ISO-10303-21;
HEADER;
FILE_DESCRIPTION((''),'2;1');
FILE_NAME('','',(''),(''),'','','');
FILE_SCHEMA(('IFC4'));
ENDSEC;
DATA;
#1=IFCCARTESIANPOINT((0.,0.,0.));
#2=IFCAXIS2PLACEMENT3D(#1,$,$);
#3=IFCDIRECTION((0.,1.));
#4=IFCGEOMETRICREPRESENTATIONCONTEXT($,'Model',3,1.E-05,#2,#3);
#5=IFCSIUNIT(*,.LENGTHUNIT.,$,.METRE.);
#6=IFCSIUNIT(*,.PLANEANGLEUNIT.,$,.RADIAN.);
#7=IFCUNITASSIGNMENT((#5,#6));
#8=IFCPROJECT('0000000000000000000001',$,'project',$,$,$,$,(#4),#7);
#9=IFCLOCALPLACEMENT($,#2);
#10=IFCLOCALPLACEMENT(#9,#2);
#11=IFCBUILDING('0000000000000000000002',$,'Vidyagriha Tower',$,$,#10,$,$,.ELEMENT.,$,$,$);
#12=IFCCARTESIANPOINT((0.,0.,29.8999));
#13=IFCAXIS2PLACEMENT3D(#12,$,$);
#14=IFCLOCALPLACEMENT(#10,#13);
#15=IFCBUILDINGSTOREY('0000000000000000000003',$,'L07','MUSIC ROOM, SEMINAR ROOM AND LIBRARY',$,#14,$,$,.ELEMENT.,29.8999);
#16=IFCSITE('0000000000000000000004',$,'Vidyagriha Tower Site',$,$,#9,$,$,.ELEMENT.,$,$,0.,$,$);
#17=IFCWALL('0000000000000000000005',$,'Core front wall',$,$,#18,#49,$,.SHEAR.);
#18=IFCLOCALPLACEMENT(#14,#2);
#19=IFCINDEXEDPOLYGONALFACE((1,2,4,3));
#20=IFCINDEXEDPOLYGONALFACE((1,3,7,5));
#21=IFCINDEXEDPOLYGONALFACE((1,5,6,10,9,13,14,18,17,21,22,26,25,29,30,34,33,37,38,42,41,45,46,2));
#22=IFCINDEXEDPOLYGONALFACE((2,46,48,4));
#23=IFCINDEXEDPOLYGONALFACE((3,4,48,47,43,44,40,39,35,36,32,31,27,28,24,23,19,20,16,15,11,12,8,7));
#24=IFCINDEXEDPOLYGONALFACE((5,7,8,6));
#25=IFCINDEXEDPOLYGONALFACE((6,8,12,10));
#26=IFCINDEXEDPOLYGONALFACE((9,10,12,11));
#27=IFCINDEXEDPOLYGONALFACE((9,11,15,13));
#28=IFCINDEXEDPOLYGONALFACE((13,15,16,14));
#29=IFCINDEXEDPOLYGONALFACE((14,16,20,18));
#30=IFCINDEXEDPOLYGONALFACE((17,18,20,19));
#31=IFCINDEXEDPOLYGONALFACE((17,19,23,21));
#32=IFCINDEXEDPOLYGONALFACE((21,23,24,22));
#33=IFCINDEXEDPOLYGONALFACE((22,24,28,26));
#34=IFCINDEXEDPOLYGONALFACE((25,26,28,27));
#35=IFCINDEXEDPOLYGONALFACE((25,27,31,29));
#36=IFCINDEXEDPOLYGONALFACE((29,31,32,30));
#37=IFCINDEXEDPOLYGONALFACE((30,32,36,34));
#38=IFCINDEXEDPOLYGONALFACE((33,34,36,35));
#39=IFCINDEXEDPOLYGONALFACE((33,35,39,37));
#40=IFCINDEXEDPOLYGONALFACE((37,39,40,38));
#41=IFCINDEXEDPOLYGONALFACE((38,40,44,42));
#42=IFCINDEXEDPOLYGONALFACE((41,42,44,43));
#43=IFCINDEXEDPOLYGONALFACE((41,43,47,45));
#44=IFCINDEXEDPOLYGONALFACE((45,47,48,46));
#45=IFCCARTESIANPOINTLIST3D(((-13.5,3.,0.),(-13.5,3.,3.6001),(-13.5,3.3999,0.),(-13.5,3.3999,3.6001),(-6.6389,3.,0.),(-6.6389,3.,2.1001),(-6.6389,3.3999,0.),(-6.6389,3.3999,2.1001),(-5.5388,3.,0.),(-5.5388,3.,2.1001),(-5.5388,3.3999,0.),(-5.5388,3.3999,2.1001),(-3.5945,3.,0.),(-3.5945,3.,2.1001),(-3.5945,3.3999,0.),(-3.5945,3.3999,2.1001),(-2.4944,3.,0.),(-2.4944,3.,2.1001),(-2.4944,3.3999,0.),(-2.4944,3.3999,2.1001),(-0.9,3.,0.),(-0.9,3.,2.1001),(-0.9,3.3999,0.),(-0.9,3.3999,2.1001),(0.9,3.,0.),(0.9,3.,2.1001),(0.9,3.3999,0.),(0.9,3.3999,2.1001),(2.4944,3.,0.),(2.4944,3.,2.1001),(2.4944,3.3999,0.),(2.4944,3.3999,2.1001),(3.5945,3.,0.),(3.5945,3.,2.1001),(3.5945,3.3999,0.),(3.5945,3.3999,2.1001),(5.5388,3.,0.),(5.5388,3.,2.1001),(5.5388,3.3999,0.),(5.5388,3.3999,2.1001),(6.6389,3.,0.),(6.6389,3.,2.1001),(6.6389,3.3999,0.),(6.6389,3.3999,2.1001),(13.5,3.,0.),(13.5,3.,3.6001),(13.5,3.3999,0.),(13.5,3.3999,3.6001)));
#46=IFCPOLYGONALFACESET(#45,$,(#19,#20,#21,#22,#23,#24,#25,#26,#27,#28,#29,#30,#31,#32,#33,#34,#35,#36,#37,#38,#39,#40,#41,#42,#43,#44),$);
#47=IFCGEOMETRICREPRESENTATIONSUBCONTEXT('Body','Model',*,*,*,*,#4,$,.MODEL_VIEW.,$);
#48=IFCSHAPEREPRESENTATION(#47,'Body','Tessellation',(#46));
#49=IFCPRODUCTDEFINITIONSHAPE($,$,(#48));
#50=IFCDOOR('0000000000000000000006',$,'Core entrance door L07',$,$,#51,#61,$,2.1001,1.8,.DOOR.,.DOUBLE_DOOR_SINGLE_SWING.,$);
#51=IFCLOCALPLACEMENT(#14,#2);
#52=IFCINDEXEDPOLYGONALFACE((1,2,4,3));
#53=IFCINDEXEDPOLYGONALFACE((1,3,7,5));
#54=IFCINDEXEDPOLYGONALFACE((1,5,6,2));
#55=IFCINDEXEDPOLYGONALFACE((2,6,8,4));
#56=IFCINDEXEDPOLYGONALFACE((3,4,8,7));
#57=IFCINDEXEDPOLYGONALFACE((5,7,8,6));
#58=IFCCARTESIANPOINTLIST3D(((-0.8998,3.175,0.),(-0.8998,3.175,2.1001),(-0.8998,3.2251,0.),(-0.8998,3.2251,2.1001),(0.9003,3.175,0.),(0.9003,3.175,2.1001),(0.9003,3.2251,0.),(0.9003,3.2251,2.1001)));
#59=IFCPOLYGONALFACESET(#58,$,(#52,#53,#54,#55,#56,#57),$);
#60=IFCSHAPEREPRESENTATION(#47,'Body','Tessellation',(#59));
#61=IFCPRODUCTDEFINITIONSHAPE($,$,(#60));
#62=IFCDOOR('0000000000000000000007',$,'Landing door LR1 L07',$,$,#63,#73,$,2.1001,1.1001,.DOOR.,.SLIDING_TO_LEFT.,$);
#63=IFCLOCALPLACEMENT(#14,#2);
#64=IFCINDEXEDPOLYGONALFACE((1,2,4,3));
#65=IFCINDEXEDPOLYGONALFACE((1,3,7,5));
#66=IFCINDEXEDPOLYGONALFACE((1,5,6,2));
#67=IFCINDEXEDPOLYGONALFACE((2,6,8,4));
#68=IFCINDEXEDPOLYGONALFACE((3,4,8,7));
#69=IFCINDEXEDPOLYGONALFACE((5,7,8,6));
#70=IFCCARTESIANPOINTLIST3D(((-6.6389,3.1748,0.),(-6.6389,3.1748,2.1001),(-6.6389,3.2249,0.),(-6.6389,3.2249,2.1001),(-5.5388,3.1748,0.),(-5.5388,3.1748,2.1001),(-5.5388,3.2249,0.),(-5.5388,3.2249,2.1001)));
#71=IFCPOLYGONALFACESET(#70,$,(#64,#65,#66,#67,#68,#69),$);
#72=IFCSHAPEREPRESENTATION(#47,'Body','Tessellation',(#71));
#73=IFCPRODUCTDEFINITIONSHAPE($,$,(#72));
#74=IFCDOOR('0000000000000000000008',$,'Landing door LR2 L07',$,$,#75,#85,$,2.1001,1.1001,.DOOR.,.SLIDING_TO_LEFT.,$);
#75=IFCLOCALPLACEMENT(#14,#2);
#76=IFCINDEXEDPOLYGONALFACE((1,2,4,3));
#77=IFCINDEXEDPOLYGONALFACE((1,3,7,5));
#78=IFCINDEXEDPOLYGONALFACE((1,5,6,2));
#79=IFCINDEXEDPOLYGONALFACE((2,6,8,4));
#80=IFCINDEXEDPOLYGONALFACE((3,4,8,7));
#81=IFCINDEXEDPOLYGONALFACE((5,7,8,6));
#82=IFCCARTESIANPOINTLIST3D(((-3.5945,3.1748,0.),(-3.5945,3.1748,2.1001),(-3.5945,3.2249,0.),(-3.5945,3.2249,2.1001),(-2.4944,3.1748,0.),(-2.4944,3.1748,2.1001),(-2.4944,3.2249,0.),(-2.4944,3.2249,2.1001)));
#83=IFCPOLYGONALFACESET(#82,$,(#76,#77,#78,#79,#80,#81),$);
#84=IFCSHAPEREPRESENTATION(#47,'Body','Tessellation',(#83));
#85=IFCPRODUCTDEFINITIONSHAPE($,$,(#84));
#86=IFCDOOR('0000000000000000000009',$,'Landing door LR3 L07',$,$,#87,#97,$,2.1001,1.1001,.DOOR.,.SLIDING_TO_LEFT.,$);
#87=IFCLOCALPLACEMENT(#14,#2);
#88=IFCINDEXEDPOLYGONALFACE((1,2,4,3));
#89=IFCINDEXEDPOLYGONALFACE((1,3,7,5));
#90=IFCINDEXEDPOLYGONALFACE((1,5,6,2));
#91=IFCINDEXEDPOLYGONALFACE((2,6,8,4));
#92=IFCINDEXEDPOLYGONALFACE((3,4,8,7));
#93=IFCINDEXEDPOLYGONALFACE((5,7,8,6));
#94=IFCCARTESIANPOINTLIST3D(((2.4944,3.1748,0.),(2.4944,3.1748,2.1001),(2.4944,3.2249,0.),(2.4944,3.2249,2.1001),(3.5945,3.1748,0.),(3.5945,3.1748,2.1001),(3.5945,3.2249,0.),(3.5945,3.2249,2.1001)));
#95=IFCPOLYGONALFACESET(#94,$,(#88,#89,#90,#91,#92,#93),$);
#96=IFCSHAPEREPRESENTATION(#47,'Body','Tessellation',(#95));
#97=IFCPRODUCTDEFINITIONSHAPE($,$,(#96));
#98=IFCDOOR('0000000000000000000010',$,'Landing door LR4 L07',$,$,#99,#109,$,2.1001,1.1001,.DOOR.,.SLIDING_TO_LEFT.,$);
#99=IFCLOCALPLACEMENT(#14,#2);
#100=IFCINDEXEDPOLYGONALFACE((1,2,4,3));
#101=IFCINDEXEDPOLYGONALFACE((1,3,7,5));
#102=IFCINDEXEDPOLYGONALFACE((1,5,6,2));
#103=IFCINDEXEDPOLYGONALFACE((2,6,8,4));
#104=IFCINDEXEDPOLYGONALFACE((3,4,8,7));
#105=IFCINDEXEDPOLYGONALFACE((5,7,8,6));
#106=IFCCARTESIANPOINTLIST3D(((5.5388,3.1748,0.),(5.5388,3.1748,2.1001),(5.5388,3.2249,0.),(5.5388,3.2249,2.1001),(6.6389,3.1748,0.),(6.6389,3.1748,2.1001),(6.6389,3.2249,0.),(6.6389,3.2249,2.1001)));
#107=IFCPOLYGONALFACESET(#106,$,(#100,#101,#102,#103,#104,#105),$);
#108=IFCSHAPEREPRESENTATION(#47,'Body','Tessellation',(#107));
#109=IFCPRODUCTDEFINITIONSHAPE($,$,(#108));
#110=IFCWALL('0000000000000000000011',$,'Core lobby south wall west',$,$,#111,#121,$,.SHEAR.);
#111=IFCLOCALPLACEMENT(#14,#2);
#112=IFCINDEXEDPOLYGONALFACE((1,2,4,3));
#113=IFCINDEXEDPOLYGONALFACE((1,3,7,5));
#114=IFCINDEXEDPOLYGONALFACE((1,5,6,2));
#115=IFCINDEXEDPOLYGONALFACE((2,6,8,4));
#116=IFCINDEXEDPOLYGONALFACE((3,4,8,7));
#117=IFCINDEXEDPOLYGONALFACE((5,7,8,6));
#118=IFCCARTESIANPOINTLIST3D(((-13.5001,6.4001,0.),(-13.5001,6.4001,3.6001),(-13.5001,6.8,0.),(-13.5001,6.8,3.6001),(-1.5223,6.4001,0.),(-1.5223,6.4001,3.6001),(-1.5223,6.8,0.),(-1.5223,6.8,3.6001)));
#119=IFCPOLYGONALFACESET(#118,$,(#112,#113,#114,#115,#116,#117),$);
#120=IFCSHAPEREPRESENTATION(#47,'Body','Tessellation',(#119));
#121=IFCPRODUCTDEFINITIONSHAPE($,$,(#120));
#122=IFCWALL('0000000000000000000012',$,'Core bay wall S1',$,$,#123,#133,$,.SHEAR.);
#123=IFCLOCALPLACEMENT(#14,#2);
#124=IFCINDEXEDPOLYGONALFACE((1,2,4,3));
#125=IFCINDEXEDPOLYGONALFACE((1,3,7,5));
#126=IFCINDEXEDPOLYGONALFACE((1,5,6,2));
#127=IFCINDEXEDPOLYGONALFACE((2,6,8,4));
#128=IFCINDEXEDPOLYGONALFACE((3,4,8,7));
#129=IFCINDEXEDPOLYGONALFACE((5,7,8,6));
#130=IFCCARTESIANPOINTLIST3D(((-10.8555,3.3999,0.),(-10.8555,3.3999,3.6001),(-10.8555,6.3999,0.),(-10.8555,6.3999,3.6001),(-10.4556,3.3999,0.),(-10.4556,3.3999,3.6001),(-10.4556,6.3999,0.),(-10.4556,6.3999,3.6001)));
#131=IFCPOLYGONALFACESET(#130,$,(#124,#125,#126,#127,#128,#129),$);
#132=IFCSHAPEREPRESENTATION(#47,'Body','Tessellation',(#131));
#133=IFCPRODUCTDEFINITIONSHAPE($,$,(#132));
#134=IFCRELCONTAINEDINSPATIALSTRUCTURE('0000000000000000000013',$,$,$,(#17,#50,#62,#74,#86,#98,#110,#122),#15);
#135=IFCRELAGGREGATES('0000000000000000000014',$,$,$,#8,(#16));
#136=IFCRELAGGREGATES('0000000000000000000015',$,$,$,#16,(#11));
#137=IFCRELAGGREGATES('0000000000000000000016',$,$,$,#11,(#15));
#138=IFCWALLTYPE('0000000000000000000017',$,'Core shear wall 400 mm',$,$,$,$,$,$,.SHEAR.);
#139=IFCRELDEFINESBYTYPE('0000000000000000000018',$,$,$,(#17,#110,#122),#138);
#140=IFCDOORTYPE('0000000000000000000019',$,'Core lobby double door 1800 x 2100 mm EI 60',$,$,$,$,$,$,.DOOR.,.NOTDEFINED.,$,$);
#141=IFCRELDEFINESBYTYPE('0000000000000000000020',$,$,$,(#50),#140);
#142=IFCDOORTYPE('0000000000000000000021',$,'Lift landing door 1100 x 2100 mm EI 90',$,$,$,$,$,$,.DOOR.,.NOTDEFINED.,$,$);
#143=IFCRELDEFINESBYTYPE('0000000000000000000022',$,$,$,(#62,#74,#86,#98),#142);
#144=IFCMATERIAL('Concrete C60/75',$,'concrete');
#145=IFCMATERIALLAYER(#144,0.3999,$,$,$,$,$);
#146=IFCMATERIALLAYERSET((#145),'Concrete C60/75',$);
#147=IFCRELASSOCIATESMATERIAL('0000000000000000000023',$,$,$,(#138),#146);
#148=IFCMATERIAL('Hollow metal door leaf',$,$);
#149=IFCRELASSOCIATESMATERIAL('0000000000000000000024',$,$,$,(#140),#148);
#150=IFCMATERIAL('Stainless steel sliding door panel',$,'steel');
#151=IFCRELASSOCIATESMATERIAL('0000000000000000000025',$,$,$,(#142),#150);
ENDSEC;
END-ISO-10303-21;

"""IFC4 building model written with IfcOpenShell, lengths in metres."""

from ifc_helpers import new_model, si_unit, direction, frame, frame_2d, origin, place, context, subcontext, project, spatial, rectangle, extrude, material, layer, layer_set, type_object, element, fill, save


model = new_model("IFC4")

# Units and contexts
model_context = context("Model", 3, precision=1e-05, world=origin(), true_north=direction((0.0, 1.0)))
body_context = subcontext(model_context, "Body", "Model", "MODEL_VIEW")
ifc_project = project(units=[si_unit("LENGTHUNIT", "METRE"), si_unit("PLANEANGLEUNIT", "RADIAN")], contexts=[model_context])

# Site, building, storey
site_placement = place(None, origin())
site = spatial("IfcSite", under=ifc_project, at=site_placement, Name="Vidyagriha Tower Site", CompositionType="ELEMENT", RefElevation=0.0)
building_placement = place(site_placement, origin())
building = spatial("IfcBuilding", under=site, at=building_placement, Name="Vidyagriha Tower", CompositionType="ELEMENT")
storey_placement = place(building_placement, frame((0.0, 0.0, 29.8999)))
storey = spatial("IfcBuildingStorey", under=building, at=storey_placement, Name="L07", Description="MUSIC ROOM, SEMINAR ROOM AND LIBRARY", CompositionType="ELEMENT", Elevation=29.8999)

# Wall, openings, doors
ifc_material_1 = material(Name="Concrete C60/75", Category="concrete")
ifc_layer_1 = layer(ifc_material_1, 0.3999)
ifc_layer_set_1 = layer_set([ifc_layer_1], Name="Concrete C60/75")
wall_type_1 = type_object("IfcWallType", Name="Core shear wall 400 mm", PredefinedType="SHEAR", material=ifc_layer_set_1)
wall_1_placement = place(storey_placement, frame((-13.5, 3.2, 0.0)))
wall_1 = element("IfcWall", 1, at=wall_1_placement, inside=storey, type_object=wall_type_1, Name="Core front wall", PredefinedType="SHEAR", context=body_context, shape_type="SweptSolid", body=[
    extrude(rectangle(XDim=27.0, YDim=0.3999, at=frame_2d((13.5, 0.0))), origin(), (0.0, 0.0, 1.0), 3.6001),
])
opening_1_placement = place(wall_1_placement, frame((6.8611, 0.0, 0.0)))
opening_1 = element("IfcOpeningElement", 2, at=opening_1_placement, cuts=wall_1, PredefinedType="OPENING", context=body_context, shape_type="SweptSolid", body=[
    extrude(rectangle(XDim=1.1001, YDim=2.1001, at=frame_2d((0.55, 1.05))), frame((0.0, 0.21, 0.0), z_axis=(0.0, -1.0, 0.0), x_axis=(1.0, 0.0, 0.0)), (0.0, 0.0, 1.0), 0.4199),
])
opening_2_placement = place(wall_1_placement, frame((9.9055, 0.0, 0.0)))
opening_2 = element("IfcOpeningElement", 3, at=opening_2_placement, cuts=wall_1, PredefinedType="OPENING", context=body_context, shape_type="SweptSolid", body=[
    extrude(rectangle(XDim=1.1001, YDim=2.1001, at=frame_2d((0.55, 1.05))), frame((0.0, 0.21, 0.0), z_axis=(0.0, -1.0, 0.0), x_axis=(1.0, 0.0, 0.0)), (0.0, 0.0, 1.0), 0.4199),
])
opening_3_placement = place(wall_1_placement, frame((15.9944, 0.0, 0.0)))
opening_3 = element("IfcOpeningElement", 4, at=opening_3_placement, cuts=wall_1, PredefinedType="OPENING", context=body_context, shape_type="SweptSolid", body=[
    extrude(rectangle(XDim=1.1001, YDim=2.1001, at=frame_2d((0.55, 1.05))), frame((0.0, 0.21, 0.0), z_axis=(0.0, -1.0, 0.0), x_axis=(1.0, 0.0, 0.0)), (0.0, 0.0, 1.0), 0.4199),
])
opening_4_placement = place(wall_1_placement, frame((19.0388, 0.0, 0.0)))
opening_4 = element("IfcOpeningElement", 5, at=opening_4_placement, cuts=wall_1, PredefinedType="OPENING", context=body_context, shape_type="SweptSolid", body=[
    extrude(rectangle(XDim=1.1001, YDim=2.1001, at=frame_2d((0.55, 1.05))), frame((0.0, 0.21, 0.0), z_axis=(0.0, -1.0, 0.0), x_axis=(1.0, 0.0, 0.0)), (0.0, 0.0, 1.0), 0.4199),
])
opening_5_placement = place(wall_1_placement, frame((12.6001, 0.0, 0.0)))
opening_5 = element("IfcOpeningElement", 6, at=opening_5_placement, cuts=wall_1, PredefinedType="OPENING", context=body_context, shape_type="SweptSolid", body=[
    extrude(rectangle(XDim=1.8, YDim=2.1001, at=frame_2d((0.8999, 1.05))), frame((0.0, 0.21, 0.0), z_axis=(0.0, -1.0, 0.0), x_axis=(1.0, 0.0, 0.0)), (0.0, 0.0, 1.0), 0.4199),
])
ifc_material_2 = material(Name="Hollow metal door leaf")
door_type_1 = type_object("IfcDoorType", Name="Core lobby double door 1800 x 2100 mm EI 60", OperationType="NOTDEFINED", PredefinedType="DOOR", material=ifc_material_2)
door_1_placement = place(opening_5_placement, frame((1.8, 0.0, 0.0), z_axis=(0.0, 0.0, 1.0), x_axis=(-1.0, 0.0, 0.0)))
door_1 = element("IfcDoor", 7, at=door_1_placement, inside=storey, type_object=door_type_1, Name="Core entrance door L07", OperationType="DOUBLE_DOOR_SINGLE_SWING", OverallHeight=2.1001, OverallWidth=1.8, PredefinedType="DOOR", context=body_context, shape_type="SweptSolid", body=[
    extrude(rectangle(XDim=1.8, YDim=2.1001, at=frame_2d((0.8999, 1.05))), frame((0.0, 0.0249, 0.0), z_axis=(0.0, -1.0, 0.0), x_axis=(1.0, 0.0, 0.0)), (0.0, 0.0, 1.0), 0.05),
])
fill(opening_5, door_1)
ifc_material_3 = material(Name="Stainless steel sliding door panel", Category="steel")
door_type_2 = type_object("IfcDoorType", Name="Lift landing door 1100 x 2100 mm EI 90", OperationType="NOTDEFINED", PredefinedType="DOOR", material=ifc_material_3)
door_2_placement = place(opening_1_placement, origin())
door_2 = element("IfcDoor", 8, at=door_2_placement, inside=storey, type_object=door_type_2, Name="Landing door LR1 L07", OperationType="SLIDING_TO_LEFT", OverallHeight=2.1001, OverallWidth=1.1001, PredefinedType="DOOR", context=body_context, shape_type="SweptSolid", body=[
    extrude(rectangle(XDim=1.1001, YDim=2.1001, at=frame_2d((0.55, 1.05))), frame((0.0, 0.0249, 0.0), z_axis=(0.0, -1.0, 0.0), x_axis=(1.0, 0.0, 0.0)), (0.0, 0.0, 1.0), 0.05),
])
fill(opening_1, door_2)
door_3_placement = place(opening_2_placement, origin())
door_3 = element("IfcDoor", 9, at=door_3_placement, inside=storey, type_object=door_type_2, Name="Landing door LR2 L07", OperationType="SLIDING_TO_LEFT", OverallHeight=2.1001, OverallWidth=1.1001, PredefinedType="DOOR", context=body_context, shape_type="SweptSolid", body=[
    extrude(rectangle(XDim=1.1001, YDim=2.1001, at=frame_2d((0.55, 1.05))), frame((0.0, 0.0249, 0.0), z_axis=(0.0, -1.0, 0.0), x_axis=(1.0, 0.0, 0.0)), (0.0, 0.0, 1.0), 0.05),
])
fill(opening_2, door_3)
door_4_placement = place(opening_3_placement, origin())
door_4 = element("IfcDoor", 10, at=door_4_placement, inside=storey, type_object=door_type_2, Name="Landing door LR3 L07", OperationType="SLIDING_TO_LEFT", OverallHeight=2.1001, OverallWidth=1.1001, PredefinedType="DOOR", context=body_context, shape_type="SweptSolid", body=[
    extrude(rectangle(XDim=1.1001, YDim=2.1001, at=frame_2d((0.55, 1.05))), frame((0.0, 0.0249, 0.0), z_axis=(0.0, -1.0, 0.0), x_axis=(1.0, 0.0, 0.0)), (0.0, 0.0, 1.0), 0.05),
])
fill(opening_3, door_4)
door_5_placement = place(opening_4_placement, origin())
door_5 = element("IfcDoor", 11, at=door_5_placement, inside=storey, type_object=door_type_2, Name="Landing door LR4 L07", OperationType="SLIDING_TO_LEFT", OverallHeight=2.1001, OverallWidth=1.1001, PredefinedType="DOOR", context=body_context, shape_type="SweptSolid", body=[
    extrude(rectangle(XDim=1.1001, YDim=2.1001, at=frame_2d((0.55, 1.05))), frame((0.0, 0.0249, 0.0), z_axis=(0.0, -1.0, 0.0), x_axis=(1.0, 0.0, 0.0)), (0.0, 0.0, 1.0), 0.05),
])
fill(opening_4, door_5)

# Walls
wall_2_placement = place(storey_placement, frame((-13.5, 6.6001, 0.0)))
element("IfcWall", 12, at=wall_2_placement, inside=storey, type_object=wall_type_1, Name="Core lobby south wall west", PredefinedType="SHEAR", context=body_context, shape_type="SweptSolid", body=[
    extrude(rectangle(XDim=11.9778, YDim=0.3999, at=frame_2d((5.9888, 0.0))), origin(), (0.0, 0.0, 1.0), 3.6001),
])
wall_3_placement = place(storey_placement, frame((-10.6555, 3.3999, 0.0), z_axis=(0.0, 0.0, 1.0), x_axis=(0.0, 1.0, 0.0)))
element("IfcWall", 13, at=wall_3_placement, inside=storey, type_object=wall_type_1, Name="Core bay wall S1", PredefinedType="SHEAR", context=body_context, shape_type="SweptSolid", body=[
    extrude(rectangle(XDim=3.0, YDim=0.3999, at=frame_2d((1.5, 0.0))), origin(), (0.0, 0.0, 1.0), 3.6001),
])

save(model, "model.ifc")
